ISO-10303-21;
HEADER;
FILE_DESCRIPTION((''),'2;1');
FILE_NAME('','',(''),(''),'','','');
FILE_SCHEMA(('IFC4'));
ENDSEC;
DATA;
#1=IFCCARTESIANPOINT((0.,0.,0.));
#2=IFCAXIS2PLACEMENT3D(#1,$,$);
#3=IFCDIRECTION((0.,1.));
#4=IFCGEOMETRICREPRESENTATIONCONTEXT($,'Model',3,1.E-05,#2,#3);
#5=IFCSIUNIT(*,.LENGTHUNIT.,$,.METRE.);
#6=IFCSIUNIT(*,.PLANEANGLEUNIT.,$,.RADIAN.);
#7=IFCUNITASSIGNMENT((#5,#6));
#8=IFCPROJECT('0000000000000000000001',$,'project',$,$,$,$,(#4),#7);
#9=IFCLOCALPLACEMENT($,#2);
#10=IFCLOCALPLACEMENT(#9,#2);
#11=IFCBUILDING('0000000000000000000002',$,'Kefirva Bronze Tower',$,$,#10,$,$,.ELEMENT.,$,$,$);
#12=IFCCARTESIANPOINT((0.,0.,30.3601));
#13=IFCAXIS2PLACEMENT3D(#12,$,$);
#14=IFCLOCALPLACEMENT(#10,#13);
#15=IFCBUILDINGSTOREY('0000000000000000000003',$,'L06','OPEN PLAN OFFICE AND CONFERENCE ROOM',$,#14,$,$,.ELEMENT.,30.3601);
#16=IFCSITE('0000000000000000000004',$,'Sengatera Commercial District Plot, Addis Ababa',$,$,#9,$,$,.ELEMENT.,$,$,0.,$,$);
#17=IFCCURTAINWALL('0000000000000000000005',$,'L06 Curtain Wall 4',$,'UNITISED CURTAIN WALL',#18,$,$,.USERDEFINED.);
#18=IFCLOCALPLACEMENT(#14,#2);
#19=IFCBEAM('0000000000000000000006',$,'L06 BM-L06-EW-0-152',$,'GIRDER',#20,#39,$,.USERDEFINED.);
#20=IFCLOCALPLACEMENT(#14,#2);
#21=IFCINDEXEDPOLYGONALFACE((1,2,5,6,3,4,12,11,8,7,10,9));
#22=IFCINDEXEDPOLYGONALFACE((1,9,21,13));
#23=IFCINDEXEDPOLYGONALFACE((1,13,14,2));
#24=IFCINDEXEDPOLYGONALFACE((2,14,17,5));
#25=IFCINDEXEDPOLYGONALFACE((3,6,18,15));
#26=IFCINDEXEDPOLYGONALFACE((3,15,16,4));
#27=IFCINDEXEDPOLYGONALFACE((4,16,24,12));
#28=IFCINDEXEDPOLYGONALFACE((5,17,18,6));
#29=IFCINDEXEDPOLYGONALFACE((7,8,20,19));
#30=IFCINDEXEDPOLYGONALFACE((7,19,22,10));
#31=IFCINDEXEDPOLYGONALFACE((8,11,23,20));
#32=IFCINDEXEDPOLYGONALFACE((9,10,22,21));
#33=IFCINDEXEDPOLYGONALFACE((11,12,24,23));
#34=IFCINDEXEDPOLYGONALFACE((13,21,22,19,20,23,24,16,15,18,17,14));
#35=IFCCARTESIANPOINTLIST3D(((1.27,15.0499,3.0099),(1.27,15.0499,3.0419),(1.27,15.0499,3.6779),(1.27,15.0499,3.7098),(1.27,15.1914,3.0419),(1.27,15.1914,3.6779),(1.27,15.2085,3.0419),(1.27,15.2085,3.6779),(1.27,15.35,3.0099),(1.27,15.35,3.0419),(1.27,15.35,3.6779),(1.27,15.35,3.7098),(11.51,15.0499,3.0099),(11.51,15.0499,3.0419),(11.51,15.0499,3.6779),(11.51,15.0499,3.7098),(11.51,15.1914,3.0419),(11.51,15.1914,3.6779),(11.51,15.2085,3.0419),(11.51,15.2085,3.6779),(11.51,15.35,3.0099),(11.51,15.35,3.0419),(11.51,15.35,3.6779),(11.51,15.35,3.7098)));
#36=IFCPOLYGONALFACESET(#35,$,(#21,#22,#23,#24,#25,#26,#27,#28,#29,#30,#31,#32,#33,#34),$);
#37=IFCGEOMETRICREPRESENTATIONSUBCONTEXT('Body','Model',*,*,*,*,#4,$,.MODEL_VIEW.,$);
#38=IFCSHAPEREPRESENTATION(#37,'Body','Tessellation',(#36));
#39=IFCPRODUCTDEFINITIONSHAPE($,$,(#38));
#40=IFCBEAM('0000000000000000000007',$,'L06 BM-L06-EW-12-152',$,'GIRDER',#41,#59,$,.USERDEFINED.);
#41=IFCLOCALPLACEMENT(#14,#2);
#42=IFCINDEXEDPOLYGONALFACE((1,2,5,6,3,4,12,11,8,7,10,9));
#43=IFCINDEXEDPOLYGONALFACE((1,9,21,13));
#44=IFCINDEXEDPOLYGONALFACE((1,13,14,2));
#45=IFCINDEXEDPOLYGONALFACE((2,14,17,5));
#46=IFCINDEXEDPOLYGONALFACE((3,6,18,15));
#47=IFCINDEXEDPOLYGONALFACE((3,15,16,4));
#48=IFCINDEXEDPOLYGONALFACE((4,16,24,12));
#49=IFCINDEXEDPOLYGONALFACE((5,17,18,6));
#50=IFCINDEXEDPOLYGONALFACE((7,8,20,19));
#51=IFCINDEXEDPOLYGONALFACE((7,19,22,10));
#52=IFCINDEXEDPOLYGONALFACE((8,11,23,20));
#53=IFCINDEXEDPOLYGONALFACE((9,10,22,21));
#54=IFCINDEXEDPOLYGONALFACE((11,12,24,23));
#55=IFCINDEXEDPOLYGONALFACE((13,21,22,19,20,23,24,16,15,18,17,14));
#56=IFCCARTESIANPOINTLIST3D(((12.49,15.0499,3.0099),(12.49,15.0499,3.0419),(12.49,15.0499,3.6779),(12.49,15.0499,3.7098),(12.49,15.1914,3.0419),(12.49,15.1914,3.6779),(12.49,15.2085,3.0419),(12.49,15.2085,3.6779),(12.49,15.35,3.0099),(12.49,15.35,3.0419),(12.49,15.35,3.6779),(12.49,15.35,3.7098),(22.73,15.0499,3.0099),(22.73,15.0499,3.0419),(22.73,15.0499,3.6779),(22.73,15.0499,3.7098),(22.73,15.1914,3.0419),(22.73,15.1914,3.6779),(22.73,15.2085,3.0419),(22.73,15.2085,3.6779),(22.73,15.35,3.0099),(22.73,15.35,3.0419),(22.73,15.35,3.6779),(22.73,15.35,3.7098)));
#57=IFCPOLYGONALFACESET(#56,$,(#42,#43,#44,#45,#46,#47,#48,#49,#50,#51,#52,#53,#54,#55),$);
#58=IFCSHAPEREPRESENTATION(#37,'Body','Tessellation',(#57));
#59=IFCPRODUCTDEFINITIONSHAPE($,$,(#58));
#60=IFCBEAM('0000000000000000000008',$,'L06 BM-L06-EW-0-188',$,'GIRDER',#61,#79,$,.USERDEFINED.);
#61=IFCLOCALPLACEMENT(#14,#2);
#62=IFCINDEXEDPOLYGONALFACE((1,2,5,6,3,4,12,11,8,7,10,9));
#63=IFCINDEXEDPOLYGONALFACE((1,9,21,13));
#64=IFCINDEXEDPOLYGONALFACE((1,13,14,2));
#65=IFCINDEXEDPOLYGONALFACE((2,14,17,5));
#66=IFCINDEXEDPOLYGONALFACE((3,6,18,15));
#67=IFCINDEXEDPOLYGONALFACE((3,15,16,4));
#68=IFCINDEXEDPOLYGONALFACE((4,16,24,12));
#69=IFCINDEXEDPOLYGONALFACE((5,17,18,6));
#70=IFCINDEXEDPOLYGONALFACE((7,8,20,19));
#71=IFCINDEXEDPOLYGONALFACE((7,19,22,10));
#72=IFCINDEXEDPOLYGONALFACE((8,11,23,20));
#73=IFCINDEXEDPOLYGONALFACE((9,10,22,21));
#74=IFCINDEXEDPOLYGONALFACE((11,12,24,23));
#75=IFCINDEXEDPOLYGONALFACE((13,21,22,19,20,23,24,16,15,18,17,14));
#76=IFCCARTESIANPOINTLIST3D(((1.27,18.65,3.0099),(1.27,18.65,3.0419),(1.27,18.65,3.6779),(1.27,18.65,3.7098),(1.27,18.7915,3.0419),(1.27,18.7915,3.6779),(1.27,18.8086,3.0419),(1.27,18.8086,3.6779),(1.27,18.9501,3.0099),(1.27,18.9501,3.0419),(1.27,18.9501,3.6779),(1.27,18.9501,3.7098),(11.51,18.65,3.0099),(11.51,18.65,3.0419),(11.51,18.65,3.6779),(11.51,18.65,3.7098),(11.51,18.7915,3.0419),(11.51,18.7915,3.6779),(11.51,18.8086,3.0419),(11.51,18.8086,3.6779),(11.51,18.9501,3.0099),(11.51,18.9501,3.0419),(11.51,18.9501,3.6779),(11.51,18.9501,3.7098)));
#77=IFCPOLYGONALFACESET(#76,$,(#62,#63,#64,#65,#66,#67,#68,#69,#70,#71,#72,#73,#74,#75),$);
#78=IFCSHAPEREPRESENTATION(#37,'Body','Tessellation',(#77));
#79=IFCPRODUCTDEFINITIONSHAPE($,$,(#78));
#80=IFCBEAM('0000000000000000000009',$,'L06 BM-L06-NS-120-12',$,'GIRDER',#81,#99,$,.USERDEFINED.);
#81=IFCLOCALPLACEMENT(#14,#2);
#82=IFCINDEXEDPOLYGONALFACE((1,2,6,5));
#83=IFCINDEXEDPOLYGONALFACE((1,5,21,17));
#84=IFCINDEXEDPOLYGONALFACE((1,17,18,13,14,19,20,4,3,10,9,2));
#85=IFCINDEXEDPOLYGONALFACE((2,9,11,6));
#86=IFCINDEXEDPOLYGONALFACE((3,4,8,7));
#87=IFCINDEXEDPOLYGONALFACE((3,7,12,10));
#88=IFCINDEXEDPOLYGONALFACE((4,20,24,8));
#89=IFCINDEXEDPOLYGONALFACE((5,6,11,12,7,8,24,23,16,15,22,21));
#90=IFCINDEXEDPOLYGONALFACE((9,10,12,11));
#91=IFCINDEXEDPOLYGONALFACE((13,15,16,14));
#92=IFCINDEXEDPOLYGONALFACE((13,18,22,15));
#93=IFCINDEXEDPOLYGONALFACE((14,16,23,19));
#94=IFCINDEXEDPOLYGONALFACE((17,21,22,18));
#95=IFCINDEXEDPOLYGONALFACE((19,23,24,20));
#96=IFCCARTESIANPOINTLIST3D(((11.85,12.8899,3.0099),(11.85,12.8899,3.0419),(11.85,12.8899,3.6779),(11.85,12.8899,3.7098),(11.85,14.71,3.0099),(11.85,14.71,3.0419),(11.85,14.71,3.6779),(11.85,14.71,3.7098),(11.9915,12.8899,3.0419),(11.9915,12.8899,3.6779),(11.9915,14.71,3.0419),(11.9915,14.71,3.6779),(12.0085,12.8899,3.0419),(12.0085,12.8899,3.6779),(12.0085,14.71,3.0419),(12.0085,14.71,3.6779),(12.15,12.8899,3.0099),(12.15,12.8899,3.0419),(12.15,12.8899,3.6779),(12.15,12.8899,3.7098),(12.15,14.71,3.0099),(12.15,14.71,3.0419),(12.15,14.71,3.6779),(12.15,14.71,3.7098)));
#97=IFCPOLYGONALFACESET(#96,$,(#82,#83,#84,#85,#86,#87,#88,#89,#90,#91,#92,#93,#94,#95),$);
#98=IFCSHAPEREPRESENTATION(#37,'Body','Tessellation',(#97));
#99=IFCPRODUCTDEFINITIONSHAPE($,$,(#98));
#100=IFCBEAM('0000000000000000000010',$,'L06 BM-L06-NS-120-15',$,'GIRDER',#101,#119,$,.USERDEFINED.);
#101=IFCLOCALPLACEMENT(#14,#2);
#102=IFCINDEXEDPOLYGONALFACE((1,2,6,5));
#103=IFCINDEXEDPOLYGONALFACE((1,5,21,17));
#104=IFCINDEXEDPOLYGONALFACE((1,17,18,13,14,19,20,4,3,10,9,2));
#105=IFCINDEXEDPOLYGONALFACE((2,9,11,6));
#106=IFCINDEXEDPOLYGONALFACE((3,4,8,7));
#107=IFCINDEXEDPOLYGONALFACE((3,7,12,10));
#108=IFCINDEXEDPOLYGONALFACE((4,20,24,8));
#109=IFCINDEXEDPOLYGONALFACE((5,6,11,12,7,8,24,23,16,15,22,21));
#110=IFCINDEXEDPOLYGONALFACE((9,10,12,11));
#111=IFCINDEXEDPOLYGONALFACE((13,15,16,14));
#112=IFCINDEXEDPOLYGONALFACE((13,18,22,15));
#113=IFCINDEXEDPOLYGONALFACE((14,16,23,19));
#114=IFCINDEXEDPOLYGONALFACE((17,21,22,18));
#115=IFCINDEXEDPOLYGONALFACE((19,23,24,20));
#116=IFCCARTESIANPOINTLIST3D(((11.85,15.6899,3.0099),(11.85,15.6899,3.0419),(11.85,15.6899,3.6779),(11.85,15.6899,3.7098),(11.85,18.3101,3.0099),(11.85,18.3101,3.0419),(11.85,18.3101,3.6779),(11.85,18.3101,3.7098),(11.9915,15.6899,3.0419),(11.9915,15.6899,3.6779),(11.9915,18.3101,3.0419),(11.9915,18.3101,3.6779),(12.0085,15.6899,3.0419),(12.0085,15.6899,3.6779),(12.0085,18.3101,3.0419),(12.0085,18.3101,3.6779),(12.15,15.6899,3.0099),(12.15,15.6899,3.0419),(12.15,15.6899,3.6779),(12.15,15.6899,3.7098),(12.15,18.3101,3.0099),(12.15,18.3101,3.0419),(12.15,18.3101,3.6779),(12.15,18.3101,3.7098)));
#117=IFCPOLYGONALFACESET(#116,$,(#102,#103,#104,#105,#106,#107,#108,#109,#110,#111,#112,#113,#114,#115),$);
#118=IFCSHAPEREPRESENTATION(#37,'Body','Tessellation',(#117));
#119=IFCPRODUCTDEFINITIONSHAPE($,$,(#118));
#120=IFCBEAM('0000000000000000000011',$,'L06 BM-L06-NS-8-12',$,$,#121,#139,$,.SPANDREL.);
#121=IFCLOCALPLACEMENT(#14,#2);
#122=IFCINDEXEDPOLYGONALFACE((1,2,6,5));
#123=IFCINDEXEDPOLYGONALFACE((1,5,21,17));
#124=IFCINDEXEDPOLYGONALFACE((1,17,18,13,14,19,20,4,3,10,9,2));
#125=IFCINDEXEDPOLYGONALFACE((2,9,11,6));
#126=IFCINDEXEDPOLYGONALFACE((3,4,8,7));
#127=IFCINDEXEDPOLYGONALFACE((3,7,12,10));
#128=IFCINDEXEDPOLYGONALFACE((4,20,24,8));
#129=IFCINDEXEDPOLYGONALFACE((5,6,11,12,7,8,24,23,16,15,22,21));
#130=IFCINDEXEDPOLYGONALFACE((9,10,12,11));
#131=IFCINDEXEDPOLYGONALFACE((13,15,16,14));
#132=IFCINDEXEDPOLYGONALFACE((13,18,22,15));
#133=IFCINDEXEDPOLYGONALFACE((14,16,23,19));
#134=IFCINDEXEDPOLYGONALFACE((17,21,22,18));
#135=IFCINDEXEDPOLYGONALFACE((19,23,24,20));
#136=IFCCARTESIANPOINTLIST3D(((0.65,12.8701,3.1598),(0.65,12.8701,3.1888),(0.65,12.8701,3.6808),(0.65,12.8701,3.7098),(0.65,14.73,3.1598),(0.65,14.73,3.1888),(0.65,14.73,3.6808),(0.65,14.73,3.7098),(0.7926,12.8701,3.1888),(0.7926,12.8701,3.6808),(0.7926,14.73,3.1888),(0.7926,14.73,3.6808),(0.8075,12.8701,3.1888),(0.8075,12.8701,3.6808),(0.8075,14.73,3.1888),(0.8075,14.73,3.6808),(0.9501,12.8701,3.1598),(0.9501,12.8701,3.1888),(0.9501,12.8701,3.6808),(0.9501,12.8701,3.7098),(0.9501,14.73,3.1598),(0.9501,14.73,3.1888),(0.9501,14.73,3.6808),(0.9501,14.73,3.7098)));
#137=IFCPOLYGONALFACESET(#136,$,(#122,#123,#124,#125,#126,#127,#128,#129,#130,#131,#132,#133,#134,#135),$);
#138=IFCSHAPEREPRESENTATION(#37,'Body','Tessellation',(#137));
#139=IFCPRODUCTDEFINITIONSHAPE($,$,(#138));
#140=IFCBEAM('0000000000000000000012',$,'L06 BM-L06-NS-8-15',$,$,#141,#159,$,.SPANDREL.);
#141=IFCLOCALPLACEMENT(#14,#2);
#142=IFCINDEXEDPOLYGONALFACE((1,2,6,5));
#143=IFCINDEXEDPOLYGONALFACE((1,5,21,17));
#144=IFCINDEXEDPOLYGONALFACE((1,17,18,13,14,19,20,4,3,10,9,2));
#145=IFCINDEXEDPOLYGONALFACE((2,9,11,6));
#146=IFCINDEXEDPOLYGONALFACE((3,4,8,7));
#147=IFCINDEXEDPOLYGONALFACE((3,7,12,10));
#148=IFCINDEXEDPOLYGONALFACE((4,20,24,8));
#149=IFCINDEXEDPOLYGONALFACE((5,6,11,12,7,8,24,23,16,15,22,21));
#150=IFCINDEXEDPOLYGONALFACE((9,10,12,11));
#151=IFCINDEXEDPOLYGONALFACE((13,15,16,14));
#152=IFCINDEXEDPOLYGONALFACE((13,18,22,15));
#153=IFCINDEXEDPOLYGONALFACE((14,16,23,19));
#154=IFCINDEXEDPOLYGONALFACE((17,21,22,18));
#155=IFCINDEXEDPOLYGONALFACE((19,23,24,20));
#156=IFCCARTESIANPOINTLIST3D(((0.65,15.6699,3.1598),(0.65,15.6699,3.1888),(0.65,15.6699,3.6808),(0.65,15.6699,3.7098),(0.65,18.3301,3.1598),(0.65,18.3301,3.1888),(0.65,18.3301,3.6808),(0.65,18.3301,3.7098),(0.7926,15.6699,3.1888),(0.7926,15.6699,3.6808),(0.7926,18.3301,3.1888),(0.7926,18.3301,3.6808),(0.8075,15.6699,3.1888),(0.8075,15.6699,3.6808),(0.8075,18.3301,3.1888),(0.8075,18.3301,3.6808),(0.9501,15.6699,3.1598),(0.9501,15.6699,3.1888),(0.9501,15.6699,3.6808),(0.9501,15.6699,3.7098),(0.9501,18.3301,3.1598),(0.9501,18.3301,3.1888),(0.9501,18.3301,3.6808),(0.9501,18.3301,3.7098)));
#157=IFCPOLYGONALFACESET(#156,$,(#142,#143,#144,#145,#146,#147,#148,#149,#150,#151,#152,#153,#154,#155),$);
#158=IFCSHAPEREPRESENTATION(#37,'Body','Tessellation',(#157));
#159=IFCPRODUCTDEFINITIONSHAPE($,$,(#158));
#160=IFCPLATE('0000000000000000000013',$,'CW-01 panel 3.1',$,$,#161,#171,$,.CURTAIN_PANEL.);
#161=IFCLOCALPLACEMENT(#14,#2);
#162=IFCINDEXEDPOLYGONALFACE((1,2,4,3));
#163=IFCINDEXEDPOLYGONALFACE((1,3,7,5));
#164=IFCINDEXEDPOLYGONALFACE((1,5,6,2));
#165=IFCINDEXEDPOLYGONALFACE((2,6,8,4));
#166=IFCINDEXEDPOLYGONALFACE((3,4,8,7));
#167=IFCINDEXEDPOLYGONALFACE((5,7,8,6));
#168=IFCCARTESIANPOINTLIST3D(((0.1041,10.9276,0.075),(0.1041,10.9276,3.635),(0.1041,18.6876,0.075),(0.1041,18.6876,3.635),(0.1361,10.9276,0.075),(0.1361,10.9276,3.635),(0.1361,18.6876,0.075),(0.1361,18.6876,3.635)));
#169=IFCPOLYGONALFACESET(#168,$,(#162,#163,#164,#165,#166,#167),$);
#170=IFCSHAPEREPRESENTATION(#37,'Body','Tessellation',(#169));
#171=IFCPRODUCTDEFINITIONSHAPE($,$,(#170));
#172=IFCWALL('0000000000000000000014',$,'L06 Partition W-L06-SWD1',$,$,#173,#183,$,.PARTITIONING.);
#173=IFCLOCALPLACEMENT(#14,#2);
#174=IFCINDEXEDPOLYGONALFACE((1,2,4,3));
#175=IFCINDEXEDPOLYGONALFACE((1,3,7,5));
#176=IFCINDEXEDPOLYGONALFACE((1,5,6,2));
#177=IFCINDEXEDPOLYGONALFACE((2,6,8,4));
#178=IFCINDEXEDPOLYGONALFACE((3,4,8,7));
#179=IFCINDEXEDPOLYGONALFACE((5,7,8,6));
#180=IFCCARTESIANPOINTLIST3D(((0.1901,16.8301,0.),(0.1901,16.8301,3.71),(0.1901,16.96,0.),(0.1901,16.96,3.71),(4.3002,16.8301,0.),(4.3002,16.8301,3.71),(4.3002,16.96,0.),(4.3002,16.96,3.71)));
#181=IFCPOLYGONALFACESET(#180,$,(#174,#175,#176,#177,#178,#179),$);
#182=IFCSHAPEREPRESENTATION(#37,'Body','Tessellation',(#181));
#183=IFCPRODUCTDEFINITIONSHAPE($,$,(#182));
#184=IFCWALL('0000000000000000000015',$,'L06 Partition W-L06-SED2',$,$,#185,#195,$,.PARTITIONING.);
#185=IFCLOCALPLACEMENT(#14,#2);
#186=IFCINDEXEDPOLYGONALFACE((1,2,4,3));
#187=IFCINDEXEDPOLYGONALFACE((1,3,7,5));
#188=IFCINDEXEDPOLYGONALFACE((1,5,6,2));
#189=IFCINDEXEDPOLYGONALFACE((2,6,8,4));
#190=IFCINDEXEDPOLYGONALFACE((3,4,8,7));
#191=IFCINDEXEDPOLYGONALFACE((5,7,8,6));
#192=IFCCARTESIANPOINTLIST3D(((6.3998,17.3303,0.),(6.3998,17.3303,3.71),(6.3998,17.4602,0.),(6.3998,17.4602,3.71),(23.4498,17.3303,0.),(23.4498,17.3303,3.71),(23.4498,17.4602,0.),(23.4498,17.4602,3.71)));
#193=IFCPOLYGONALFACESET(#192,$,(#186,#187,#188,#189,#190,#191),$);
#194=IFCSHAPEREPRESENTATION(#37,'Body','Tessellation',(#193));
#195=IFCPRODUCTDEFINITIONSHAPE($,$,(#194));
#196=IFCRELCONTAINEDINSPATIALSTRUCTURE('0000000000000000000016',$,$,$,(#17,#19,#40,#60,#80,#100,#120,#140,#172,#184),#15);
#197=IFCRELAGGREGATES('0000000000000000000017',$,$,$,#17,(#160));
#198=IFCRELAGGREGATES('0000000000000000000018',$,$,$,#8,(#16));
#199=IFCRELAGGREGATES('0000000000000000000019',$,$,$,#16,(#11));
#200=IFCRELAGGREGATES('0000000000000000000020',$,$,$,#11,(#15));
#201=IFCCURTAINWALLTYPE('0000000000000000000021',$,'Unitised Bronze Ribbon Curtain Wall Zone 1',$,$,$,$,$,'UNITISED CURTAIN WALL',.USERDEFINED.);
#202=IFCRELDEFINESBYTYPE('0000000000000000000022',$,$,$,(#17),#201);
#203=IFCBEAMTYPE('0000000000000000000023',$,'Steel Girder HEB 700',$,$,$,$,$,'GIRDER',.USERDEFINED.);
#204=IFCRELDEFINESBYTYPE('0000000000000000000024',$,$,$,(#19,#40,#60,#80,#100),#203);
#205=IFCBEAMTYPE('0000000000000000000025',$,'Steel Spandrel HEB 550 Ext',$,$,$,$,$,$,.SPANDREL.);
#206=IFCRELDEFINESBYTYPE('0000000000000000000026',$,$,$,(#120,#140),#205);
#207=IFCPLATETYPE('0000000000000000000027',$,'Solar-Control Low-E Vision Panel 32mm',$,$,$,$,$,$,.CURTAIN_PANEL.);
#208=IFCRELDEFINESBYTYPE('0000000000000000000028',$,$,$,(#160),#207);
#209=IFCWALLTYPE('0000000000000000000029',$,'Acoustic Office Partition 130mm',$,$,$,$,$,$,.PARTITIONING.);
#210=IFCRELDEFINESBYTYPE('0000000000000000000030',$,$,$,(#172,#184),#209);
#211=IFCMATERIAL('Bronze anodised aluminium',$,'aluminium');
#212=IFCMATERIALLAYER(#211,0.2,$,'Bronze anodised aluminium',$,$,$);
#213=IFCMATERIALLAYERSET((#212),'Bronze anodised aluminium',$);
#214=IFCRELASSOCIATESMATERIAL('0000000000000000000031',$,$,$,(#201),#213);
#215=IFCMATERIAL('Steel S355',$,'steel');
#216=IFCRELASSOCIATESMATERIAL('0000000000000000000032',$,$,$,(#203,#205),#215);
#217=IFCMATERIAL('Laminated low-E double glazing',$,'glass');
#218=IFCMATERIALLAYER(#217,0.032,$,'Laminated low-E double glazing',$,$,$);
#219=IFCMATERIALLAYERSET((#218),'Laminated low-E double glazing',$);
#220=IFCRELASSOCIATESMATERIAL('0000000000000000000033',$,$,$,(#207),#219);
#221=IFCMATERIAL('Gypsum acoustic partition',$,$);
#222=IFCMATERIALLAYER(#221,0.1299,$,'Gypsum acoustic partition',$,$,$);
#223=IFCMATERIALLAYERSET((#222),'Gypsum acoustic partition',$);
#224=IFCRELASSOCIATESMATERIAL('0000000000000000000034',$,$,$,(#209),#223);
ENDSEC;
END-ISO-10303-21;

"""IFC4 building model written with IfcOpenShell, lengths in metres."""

from ifc_helpers import new_model, si_unit, direction, frame, frame_2d, origin, origin_2d, place, context, subcontext, project, spatial, rectangle, i_section, extrude, material, layer, layer_set, material_profile, profile_set, type_object, element, aggregate, save


model = new_model("IFC4")

# Units and contexts
model_context = context("Model", 3, precision=1e-05, world=origin(), true_north=direction((0.0, 1.0)))
body_context = subcontext(model_context, "Body", "Model", "MODEL_VIEW")
ifc_project = project(units=[si_unit("LENGTHUNIT", "METRE"), si_unit("PLANEANGLEUNIT", "RADIAN")], contexts=[model_context])

# Site, building, storey
site_placement = place(None, origin())
site = spatial("IfcSite", under=ifc_project, at=site_placement, Name="Sengatera Commercial District Plot, Addis Ababa", CompositionType="ELEMENT", RefElevation=0.0)
building_placement = place(site_placement, origin())
building = spatial("IfcBuilding", under=site, at=building_placement, Name="Kefirva Bronze Tower", CompositionType="ELEMENT")
storey_placement = place(building_placement, frame((0.0, 0.0, 30.3601)))
storey = spatial("IfcBuildingStorey", under=building, at=storey_placement, Name="L06", Description="OPEN PLAN OFFICE AND CONFERENCE ROOM", CompositionType="ELEMENT", Elevation=30.3601)

# Curtain wall
ifc_material_1 = material(Name="Bronze anodised aluminium", Category="aluminium")
ifc_layer_1 = layer(ifc_material_1, 0.2, Name="Bronze anodised aluminium")
ifc_layer_set_1 = layer_set([ifc_layer_1], Name="Bronze anodised aluminium")
curtain_wall_type = type_object("IfcCurtainWallType", Name="Unitised Bronze Ribbon Curtain Wall Zone 1", ElementType="UNITISED CURTAIN WALL", PredefinedType="USERDEFINED", material=ifc_layer_set_1)
curtain_wall_placement = place(storey_placement, origin())
curtain_wall = element("IfcCurtainWall", 1, at=curtain_wall_placement, inside=storey, type_object=curtain_wall_type, Name="L06 Curtain Wall 4", ObjectType="UNITISED CURTAIN WALL", PredefinedType="USERDEFINED")

# Beams
ifc_material_2 = material(Name="Steel S355", Category="steel")
ifc_material_profile_1 = material_profile(ifc_material_2, i_section(OverallWidth=0.3, OverallDepth=0.7, WebThickness=0.0171, FlangeThickness=0.032, at=origin_2d()), Name="HEB 700")
ifc_profile_set_1 = profile_set([ifc_material_profile_1], Name="Steel S355")
beam_type_1 = type_object("IfcBeamType", Name="Steel Girder HEB 700", ElementType="GIRDER", PredefinedType="USERDEFINED", material=ifc_profile_set_1)
for number, where, z_axis, x_axis, name in (
    (2, (1.27, 15.2, 3.3599), (1.0, 0.0, 0.0), (0.0, 1.0, 0.0), "L06 BM-L06-EW-0-152"),
    (3, (12.49, 15.2, 3.3599), (1.0, 0.0, 0.0), (0.0, 1.0, 0.0), "L06 BM-L06-EW-12-152"),
    (4, (1.27, 18.8, 3.3599), (1.0, 0.0, 0.0), (0.0, 1.0, 0.0), "L06 BM-L06-EW-0-188"),
):
    element("IfcBeam", number, at=place(storey_placement, frame(where, z_axis=z_axis, x_axis=x_axis)), inside=storey, type_object=beam_type_1, Name=name, ObjectType="GIRDER", PredefinedType="USERDEFINED", context=body_context, shape_type="SweptSolid", body=[
        extrude(i_section(OverallWidth=0.3, OverallDepth=0.7, WebThickness=0.0171, FlangeThickness=0.032, at=origin_2d()), origin(), (0.0, 0.0, 1.0), 10.24),
    ])
beam_1_placement = place(storey_placement, frame((12.0, 12.8899, 3.3599), z_axis=(0.0, 1.0, 0.0), x_axis=(-1.0, 0.0, 0.0)))
element("IfcBeam", 5, at=beam_1_placement, inside=storey, type_object=beam_type_1, Name="L06 BM-L06-NS-120-12", ObjectType="GIRDER", PredefinedType="USERDEFINED", context=body_context, shape_type="SweptSolid", body=[
    extrude(i_section(OverallWidth=0.3, OverallDepth=0.7, WebThickness=0.0171, FlangeThickness=0.032, at=origin_2d()), origin(), (0.0, 0.0, 1.0), 1.8201),
])
beam_2_placement = place(storey_placement, frame((12.0, 15.6899, 3.3599), z_axis=(0.0, 1.0, 0.0), x_axis=(-1.0, 0.0, 0.0)))
element("IfcBeam", 6, at=beam_2_placement, inside=storey, type_object=beam_type_1, Name="L06 BM-L06-NS-120-15", ObjectType="GIRDER", PredefinedType="USERDEFINED", context=body_context, shape_type="SweptSolid", body=[
    extrude(i_section(OverallWidth=0.3, OverallDepth=0.7, WebThickness=0.0171, FlangeThickness=0.032, at=origin_2d()), origin(), (0.0, 0.0, 1.0), 2.6201),
])
ifc_material_profile_2 = material_profile(ifc_material_2, i_section(OverallWidth=0.3, OverallDepth=0.55, WebThickness=0.0149, FlangeThickness=0.0291, at=origin_2d()), Name="HEB 550")
ifc_profile_set_2 = profile_set([ifc_material_profile_2], Name="Steel S355")
beam_type_2 = type_object("IfcBeamType", Name="Steel Spandrel HEB 550 Ext", PredefinedType="SPANDREL", material=ifc_profile_set_2)
beam_3_placement = place(storey_placement, frame((0.8, 12.8701, 3.4348), z_axis=(0.0, 1.0, 0.0), x_axis=(-1.0, 0.0, 0.0)))
element("IfcBeam", 7, at=beam_3_placement, inside=storey, type_object=beam_type_2, Name="L06 BM-L06-NS-8-12", PredefinedType="SPANDREL", context=body_context, shape_type="SweptSolid", body=[
    extrude(i_section(OverallWidth=0.3, OverallDepth=0.55, WebThickness=0.0149, FlangeThickness=0.0291, at=origin_2d()), origin(), (0.0, 0.0, 1.0), 1.8599),
])
beam_4_placement = place(storey_placement, frame((0.8, 15.6699, 3.4348), z_axis=(0.0, 1.0, 0.0), x_axis=(-1.0, 0.0, 0.0)))
element("IfcBeam", 8, at=beam_4_placement, inside=storey, type_object=beam_type_2, Name="L06 BM-L06-NS-8-15", PredefinedType="SPANDREL", context=body_context, shape_type="SweptSolid", body=[
    extrude(i_section(OverallWidth=0.3, OverallDepth=0.55, WebThickness=0.0149, FlangeThickness=0.0291, at=origin_2d()), origin(), (0.0, 0.0, 1.0), 2.6602),
])

# Plate
ifc_material_3 = material(Name="Laminated low-E double glazing", Category="glass")
ifc_layer_2 = layer(ifc_material_3, 0.032, Name="Laminated low-E double glazing")
ifc_layer_set_2 = layer_set([ifc_layer_2], Name="Laminated low-E double glazing")
plate_type = type_object("IfcPlateType", Name="Solar-Control Low-E Vision Panel 32mm", PredefinedType="CURTAIN_PANEL", material=ifc_layer_set_2)
plate_placement = place(storey_placement, frame((0.1201, 14.8076, 0.075), z_axis=(0.0, 0.0, 1.0), x_axis=(0.0, -1.0, 0.0)))
plate = element("IfcPlate", 9, at=plate_placement, type_object=plate_type, Name="CW-01 panel 3.1", PredefinedType="CURTAIN_PANEL", context=body_context, shape_type="SweptSolid", body=[
    extrude(rectangle(XDim=7.76, YDim=0.032, at=origin_2d()), origin(), (0.0, 0.0, 1.0), 3.5601),
])
aggregate(curtain_wall, [plate])

# Walls
ifc_material_4 = material(Name="Gypsum acoustic partition")
ifc_layer_3 = layer(ifc_material_4, 0.1299, Name="Gypsum acoustic partition")
ifc_layer_set_3 = layer_set([ifc_layer_3], Name="Gypsum acoustic partition")
wall_type = type_object("IfcWallType", Name="Acoustic Office Partition 130mm", PredefinedType="PARTITIONING", material=ifc_layer_set_3)
wall_1_placement = place(storey_placement, frame((0.1899, 16.895, 0.0), z_axis=(0.0, 0.0, 1.0), x_axis=(1.0, 0.0, 0.0)))
element("IfcWall", 10, at=wall_1_placement, inside=storey, type_object=wall_type, Name="L06 Partition W-L06-SWD1", PredefinedType="PARTITIONING", context=body_context, shape_type="SweptSolid", body=[
    extrude(rectangle(XDim=4.1101, YDim=0.1299, at=frame_2d((2.0552, 0.0))), origin(), (0.0, 0.0, 1.0), 3.71),
])
wall_2_placement = place(storey_placement, frame((6.3999, 17.3953, 0.0), z_axis=(0.0, 0.0, 1.0), x_axis=(1.0, 0.0, 0.0)))
element("IfcWall", 11, at=wall_2_placement, inside=storey, type_object=wall_type, Name="L06 Partition W-L06-SED2", PredefinedType="PARTITIONING", context=body_context, shape_type="SweptSolid", body=[
    extrude(rectangle(XDim=17.05, YDim=0.1299, at=frame_2d((8.5249, 0.0))), origin(), (0.0, 0.0, 1.0), 3.71),
])

save(model, "model.ifc")
